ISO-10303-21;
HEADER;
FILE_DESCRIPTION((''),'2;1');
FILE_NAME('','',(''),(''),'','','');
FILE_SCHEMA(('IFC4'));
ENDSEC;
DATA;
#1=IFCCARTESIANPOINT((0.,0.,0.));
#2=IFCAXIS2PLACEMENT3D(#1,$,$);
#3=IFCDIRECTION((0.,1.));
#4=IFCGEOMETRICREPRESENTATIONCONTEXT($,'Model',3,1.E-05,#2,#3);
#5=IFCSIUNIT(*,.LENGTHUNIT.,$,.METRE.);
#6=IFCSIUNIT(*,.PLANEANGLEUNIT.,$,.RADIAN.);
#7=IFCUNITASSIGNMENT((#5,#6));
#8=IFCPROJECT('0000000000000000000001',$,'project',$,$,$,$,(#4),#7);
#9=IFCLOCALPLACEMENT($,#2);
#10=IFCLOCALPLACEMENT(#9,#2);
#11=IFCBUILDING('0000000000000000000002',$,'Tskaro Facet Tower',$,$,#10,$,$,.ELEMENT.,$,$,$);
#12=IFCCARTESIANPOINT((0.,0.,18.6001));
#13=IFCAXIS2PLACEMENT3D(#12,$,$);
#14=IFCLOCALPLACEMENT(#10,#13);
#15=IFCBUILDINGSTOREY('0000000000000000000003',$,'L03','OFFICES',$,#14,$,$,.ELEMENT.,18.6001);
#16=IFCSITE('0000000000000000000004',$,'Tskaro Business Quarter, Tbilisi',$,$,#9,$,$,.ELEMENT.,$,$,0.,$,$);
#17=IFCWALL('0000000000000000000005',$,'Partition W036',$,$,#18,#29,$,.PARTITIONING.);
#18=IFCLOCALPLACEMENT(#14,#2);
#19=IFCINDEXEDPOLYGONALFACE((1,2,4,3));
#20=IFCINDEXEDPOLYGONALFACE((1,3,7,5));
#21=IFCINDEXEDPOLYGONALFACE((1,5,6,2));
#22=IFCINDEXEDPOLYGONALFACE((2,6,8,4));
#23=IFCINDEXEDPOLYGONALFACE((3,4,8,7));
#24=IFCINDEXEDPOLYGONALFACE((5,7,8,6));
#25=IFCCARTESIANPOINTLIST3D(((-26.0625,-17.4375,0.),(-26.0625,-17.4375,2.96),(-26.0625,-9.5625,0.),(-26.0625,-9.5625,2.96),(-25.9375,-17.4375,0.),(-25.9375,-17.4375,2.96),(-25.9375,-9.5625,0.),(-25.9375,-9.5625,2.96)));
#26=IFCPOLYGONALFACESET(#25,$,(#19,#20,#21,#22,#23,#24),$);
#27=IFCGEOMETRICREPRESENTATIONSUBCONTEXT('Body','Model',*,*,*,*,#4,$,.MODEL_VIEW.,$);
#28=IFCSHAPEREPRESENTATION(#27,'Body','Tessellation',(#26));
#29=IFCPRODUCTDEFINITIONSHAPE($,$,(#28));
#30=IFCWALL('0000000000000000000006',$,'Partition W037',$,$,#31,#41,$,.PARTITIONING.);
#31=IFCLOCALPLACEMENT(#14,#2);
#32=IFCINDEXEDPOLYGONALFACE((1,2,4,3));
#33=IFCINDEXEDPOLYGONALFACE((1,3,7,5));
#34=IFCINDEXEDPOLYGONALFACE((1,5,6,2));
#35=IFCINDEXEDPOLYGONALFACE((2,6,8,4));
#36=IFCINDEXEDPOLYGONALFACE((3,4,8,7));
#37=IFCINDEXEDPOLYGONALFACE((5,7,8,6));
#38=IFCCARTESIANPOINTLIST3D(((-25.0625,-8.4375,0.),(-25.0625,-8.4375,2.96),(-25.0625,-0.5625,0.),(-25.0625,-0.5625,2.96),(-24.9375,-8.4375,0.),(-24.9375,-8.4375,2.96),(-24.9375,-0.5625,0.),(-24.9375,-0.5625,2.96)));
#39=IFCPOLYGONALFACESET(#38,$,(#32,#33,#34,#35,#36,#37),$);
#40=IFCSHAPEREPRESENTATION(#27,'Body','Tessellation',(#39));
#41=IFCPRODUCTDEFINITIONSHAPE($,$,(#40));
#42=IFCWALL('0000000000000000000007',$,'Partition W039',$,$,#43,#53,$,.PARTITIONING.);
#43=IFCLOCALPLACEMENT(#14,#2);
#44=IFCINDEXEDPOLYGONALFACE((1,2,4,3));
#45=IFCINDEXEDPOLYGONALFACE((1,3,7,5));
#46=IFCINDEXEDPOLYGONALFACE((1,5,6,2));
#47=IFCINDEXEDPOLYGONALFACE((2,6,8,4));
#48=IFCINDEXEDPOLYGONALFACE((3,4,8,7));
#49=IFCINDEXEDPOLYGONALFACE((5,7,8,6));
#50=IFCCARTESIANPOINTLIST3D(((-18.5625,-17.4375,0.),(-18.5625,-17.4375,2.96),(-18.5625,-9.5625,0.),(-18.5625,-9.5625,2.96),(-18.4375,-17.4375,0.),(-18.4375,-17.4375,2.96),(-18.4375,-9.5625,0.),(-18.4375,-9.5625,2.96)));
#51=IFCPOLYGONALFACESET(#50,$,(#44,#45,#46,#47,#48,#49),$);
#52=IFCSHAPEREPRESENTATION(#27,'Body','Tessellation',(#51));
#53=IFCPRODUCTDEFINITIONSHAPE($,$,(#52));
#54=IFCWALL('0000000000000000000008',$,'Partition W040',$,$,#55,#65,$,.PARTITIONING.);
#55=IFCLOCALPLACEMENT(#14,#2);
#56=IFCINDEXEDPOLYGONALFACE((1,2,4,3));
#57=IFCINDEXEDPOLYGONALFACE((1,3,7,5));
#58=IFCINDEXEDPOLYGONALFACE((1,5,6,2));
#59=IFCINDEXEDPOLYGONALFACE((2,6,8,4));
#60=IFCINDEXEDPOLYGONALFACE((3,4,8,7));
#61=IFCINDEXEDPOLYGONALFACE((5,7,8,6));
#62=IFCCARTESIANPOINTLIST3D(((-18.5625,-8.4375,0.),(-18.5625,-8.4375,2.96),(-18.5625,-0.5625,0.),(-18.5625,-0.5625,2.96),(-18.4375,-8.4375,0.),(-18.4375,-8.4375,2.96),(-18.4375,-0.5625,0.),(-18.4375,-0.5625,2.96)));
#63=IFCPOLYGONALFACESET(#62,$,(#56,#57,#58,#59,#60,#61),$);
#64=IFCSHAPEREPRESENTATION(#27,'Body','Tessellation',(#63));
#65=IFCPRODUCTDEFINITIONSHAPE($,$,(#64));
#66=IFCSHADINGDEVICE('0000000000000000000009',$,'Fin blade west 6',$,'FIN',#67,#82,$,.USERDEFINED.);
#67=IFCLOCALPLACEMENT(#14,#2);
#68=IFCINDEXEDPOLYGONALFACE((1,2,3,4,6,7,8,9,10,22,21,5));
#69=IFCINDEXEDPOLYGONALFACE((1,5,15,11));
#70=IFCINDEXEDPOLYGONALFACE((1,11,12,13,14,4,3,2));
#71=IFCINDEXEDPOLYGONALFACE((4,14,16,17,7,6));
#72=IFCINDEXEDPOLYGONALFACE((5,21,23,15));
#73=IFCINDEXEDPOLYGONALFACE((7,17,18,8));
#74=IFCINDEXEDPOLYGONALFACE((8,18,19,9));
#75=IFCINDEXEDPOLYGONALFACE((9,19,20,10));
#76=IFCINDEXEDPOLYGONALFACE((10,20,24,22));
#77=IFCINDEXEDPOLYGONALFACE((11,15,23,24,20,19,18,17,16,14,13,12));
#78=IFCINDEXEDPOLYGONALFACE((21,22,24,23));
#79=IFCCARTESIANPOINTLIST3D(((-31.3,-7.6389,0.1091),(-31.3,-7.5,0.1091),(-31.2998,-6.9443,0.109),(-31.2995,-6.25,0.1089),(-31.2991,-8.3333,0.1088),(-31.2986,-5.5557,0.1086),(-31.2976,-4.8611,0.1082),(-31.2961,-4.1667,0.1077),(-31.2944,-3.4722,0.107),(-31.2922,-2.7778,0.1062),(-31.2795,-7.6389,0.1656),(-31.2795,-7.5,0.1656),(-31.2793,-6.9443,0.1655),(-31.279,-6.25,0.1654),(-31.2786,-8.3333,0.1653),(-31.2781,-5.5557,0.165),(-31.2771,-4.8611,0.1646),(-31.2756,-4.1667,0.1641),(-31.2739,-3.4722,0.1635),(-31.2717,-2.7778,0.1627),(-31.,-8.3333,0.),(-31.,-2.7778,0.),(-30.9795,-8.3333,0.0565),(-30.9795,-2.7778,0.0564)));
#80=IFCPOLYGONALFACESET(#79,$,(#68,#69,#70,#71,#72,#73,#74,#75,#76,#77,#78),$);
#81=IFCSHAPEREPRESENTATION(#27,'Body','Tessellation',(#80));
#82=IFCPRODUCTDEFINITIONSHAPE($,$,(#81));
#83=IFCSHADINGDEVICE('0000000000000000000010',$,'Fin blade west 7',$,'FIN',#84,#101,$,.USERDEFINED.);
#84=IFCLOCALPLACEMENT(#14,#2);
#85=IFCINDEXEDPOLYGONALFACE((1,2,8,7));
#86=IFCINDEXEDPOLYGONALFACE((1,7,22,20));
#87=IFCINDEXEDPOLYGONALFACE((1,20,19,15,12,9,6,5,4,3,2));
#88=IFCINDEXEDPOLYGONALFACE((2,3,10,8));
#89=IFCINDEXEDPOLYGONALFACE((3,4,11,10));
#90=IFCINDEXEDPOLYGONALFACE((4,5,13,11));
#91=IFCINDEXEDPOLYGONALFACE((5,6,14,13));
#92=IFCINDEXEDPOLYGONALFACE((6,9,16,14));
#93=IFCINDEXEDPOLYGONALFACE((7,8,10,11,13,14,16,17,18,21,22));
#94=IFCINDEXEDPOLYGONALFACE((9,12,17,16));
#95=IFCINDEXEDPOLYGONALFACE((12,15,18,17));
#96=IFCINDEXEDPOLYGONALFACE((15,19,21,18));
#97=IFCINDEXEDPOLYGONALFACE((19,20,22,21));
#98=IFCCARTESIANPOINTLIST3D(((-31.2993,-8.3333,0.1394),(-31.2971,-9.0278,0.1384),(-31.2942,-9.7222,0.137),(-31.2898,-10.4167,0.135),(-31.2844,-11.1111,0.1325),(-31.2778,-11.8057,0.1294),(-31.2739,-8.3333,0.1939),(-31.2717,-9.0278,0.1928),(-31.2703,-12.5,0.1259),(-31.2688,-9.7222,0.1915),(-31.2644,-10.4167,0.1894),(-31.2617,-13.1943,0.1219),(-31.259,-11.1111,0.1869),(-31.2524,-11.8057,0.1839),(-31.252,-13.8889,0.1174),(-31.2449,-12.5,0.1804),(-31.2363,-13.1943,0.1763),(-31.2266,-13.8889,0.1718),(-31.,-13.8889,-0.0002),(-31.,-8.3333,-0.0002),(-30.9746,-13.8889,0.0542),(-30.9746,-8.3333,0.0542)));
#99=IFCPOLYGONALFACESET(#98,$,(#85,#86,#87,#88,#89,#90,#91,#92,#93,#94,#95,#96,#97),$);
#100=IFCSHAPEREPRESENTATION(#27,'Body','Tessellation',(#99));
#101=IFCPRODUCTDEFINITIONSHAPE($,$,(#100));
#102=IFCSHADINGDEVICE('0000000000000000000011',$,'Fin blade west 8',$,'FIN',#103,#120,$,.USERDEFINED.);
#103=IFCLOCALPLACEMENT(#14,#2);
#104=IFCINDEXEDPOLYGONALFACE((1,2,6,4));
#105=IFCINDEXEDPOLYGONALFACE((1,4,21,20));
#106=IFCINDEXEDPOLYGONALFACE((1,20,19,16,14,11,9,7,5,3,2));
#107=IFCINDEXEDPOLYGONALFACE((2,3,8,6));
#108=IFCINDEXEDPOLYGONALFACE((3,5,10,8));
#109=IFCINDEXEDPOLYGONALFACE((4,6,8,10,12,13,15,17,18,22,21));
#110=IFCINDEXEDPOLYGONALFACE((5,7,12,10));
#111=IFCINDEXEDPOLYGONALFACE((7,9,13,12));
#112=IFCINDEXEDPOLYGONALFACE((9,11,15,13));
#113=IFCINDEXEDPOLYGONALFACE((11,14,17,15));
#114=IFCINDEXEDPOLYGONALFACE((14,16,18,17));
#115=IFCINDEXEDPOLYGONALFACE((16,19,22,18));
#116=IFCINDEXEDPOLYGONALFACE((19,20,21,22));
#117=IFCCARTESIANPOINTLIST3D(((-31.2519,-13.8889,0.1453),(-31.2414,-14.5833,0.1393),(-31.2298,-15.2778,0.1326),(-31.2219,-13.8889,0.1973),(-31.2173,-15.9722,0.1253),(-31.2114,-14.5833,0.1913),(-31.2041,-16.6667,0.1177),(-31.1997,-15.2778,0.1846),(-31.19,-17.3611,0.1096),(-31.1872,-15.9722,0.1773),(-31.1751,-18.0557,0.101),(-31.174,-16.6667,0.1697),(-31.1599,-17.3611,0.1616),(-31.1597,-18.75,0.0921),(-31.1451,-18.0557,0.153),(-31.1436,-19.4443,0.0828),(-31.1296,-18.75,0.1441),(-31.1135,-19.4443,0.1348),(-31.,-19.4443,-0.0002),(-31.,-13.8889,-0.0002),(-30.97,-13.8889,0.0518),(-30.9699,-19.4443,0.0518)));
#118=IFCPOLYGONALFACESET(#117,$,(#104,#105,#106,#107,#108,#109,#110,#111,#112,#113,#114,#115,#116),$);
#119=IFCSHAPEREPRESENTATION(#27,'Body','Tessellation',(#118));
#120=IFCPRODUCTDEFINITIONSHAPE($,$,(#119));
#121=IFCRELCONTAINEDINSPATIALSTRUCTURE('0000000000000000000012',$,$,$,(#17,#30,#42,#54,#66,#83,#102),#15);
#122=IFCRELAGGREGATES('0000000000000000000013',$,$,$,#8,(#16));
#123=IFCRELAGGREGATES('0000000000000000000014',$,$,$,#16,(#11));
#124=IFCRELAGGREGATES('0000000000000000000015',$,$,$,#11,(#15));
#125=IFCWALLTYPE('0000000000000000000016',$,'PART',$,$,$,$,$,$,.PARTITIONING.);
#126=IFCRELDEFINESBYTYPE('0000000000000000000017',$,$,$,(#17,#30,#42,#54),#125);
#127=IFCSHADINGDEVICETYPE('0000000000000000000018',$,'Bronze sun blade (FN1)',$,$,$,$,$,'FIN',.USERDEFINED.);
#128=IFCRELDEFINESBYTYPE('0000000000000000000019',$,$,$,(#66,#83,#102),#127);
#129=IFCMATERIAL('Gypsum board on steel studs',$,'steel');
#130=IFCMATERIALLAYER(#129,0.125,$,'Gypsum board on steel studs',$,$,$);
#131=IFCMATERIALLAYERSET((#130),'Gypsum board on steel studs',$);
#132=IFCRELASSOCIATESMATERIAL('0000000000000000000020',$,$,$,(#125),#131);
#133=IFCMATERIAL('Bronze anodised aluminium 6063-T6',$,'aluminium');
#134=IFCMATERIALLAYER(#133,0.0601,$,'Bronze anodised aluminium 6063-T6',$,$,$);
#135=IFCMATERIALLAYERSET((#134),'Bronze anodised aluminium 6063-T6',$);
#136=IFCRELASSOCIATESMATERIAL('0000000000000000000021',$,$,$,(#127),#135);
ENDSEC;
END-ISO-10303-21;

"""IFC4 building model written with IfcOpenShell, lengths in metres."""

from ifc_helpers import new_model, si_unit, direction, frame, frame_2d, origin, place, context, subcontext, project, spatial, polyline, rectangle, outline, extrude, material, layer, layer_set, type_object, element, save


model = new_model("IFC4")

# Units and contexts
model_context = context("Model", 3, precision=1e-05, world=origin(), true_north=direction((0.0, 1.0)))
body_context = subcontext(model_context, "Body", "Model", "MODEL_VIEW")
ifc_project = project(units=[si_unit("LENGTHUNIT", "METRE"), si_unit("PLANEANGLEUNIT", "RADIAN")], contexts=[model_context])

# Site, building, storey
site_placement = place(None, origin())
site = spatial("IfcSite", under=ifc_project, at=site_placement, Name="Tskaro Business Quarter, Tbilisi", CompositionType="ELEMENT", RefElevation=0.0)
building_placement = place(site_placement, origin())
building = spatial("IfcBuilding", under=site, at=building_placement, Name="Tskaro Facet Tower", CompositionType="ELEMENT")
storey_placement = place(building_placement, frame((0.0, 0.0, 18.6001)))
storey = spatial("IfcBuildingStorey", under=building, at=storey_placement, Name="L03", Description="OFFICES", CompositionType="ELEMENT", Elevation=18.6001)

# Shared definitions
ifc_material_1 = material(Name="Bronze anodised aluminium 6063-T6", Category="aluminium")

# Shared definitions
ifc_material_2 = material(Name="Gypsum board on steel studs", Category="steel")
ifc_layer_1 = layer(ifc_material_2, 0.125, Name="Gypsum board on steel studs")
ifc_layer_set_1 = layer_set([ifc_layer_1], Name="Gypsum board on steel studs")
wall_type = type_object("IfcWallType", Name="PART", PredefinedType="PARTITIONING", material=ifc_layer_set_1)

# Walls
for number, where, z_axis, x_axis, name in (
    (1, (-26.0, -17.4375, 0.0), (0.0, 0.0, 1.0), (0.0, 1.0, 0.0), "Partition W036"),
    (2, (-25.0, -8.4375, 0.0), (0.0, 0.0, 1.0), (0.0, 1.0, 0.0), "Partition W037"),
    (3, (-18.5, -17.4375, 0.0), (0.0, 0.0, 1.0), (0.0, 1.0, 0.0), "Partition W039"),
    (4, (-18.5, -8.4375, 0.0), (0.0, 0.0, 1.0), (0.0, 1.0, 0.0), "Partition W040"),
):
    element("IfcWall", number, at=place(storey_placement, frame(where, z_axis=z_axis, x_axis=x_axis)), inside=storey, type_object=wall_type, Name=name, PredefinedType="PARTITIONING", context=body_context, shape_type="SweptSolid", body=[
        extrude(rectangle(XDim=7.875, YDim=0.125, at=frame_2d((3.9375, 0.0))), origin(), (0.0, 0.0, 1.0), 2.96),
    ])

# Shading devices
ifc_layer_2 = layer(ifc_material_1, 0.0601, Name="Bronze anodised aluminium 6063-T6")
ifc_layer_set_2 = layer_set([ifc_layer_2], Name="Bronze anodised aluminium 6063-T6")
shading_device_type = type_object("IfcShadingDeviceType", Name="Bronze sun blade (FN1)", ElementType="FIN", PredefinedType="USERDEFINED", material=ifc_layer_set_2)
shading_device_1_placement = place(storey_placement, frame((-30.9795, -2.7778, 0.0564), z_axis=(0.341728, 0.000017, 0.939799), x_axis=(0.000006, -1.0, 0.000016)))
element("IfcShadingDevice", 5, at=shading_device_1_placement, inside=storey, type_object=shading_device_type, Name="Fin blade west 6", ObjectType="FIN", PredefinedType="USERDEFINED", context=body_context, shape_type="SweptSolid", body=[
    extrude(outline(polyline([(0.0, 0.0), (5.5554, 0.0), (5.5554, -0.3183), (4.8611, -0.3193), (4.7222, -0.3193), (4.1665, -0.319), (3.4722, -0.3187), (2.7778, -0.3177), (2.0833, -0.3167), (1.3889, -0.3151), (0.6943, -0.3133), (0.0, -0.3109), (0.0, 0.0)])), origin(), (0.0, 0.0, -1.0), 0.0601),
])
shading_device_2_placement = place(storey_placement, frame((-30.9746, -8.3333, 0.0542), z_axis=(0.422832, 0.00001, 0.906208), x_axis=(0.000004, -1.0, 0.000009)))
element("IfcShadingDevice", 6, at=shading_device_2_placement, inside=storey, type_object=shading_device_type, Name="Fin blade west 7", ObjectType="FIN", PredefinedType="USERDEFINED", context=body_context, shape_type="SweptSolid", body=[
    extrude(outline(polyline([(0.0, 0.0), (5.5557, 0.0), (5.5557, -0.2781), (4.8611, -0.2888), (4.1667, -0.2983), (3.4724, -0.3066), (2.7778, -0.3138), (2.0835, -0.3198), (1.3889, -0.3246), (0.6946, -0.3279), (0.0, -0.3303), (0.0, 0.0)])), origin(), (0.0, 0.0, -1.0), 0.0601),
])
shading_device_3_placement = place(storey_placement, frame((-30.97, -13.8889, 0.0518), z_axis=(0.500376, 0.000013, 0.865808), x_axis=(0.000007, -1.0, 0.000011)))
element("IfcShadingDevice", 7, at=shading_device_3_placement, inside=storey, type_object=shading_device_type, Name="Fin blade west 8", ObjectType="FIN", PredefinedType="USERDEFINED", context=body_context, shape_type="SweptSolid", body=[
    extrude(outline(polyline([(0.0, 0.0), (5.5554, 0.0), (5.5554, -0.1658), (4.8611, -0.1844), (4.1667, -0.2023), (3.4722, -0.2194), (2.7778, -0.2357), (2.0833, -0.2509), (1.3889, -0.2654), (0.6943, -0.2788), (0.0, -0.291), (0.0, 0.0)])), origin(), (0.0, 0.0, -1.0), 0.0601),
])

save(model, "model.ifc")
